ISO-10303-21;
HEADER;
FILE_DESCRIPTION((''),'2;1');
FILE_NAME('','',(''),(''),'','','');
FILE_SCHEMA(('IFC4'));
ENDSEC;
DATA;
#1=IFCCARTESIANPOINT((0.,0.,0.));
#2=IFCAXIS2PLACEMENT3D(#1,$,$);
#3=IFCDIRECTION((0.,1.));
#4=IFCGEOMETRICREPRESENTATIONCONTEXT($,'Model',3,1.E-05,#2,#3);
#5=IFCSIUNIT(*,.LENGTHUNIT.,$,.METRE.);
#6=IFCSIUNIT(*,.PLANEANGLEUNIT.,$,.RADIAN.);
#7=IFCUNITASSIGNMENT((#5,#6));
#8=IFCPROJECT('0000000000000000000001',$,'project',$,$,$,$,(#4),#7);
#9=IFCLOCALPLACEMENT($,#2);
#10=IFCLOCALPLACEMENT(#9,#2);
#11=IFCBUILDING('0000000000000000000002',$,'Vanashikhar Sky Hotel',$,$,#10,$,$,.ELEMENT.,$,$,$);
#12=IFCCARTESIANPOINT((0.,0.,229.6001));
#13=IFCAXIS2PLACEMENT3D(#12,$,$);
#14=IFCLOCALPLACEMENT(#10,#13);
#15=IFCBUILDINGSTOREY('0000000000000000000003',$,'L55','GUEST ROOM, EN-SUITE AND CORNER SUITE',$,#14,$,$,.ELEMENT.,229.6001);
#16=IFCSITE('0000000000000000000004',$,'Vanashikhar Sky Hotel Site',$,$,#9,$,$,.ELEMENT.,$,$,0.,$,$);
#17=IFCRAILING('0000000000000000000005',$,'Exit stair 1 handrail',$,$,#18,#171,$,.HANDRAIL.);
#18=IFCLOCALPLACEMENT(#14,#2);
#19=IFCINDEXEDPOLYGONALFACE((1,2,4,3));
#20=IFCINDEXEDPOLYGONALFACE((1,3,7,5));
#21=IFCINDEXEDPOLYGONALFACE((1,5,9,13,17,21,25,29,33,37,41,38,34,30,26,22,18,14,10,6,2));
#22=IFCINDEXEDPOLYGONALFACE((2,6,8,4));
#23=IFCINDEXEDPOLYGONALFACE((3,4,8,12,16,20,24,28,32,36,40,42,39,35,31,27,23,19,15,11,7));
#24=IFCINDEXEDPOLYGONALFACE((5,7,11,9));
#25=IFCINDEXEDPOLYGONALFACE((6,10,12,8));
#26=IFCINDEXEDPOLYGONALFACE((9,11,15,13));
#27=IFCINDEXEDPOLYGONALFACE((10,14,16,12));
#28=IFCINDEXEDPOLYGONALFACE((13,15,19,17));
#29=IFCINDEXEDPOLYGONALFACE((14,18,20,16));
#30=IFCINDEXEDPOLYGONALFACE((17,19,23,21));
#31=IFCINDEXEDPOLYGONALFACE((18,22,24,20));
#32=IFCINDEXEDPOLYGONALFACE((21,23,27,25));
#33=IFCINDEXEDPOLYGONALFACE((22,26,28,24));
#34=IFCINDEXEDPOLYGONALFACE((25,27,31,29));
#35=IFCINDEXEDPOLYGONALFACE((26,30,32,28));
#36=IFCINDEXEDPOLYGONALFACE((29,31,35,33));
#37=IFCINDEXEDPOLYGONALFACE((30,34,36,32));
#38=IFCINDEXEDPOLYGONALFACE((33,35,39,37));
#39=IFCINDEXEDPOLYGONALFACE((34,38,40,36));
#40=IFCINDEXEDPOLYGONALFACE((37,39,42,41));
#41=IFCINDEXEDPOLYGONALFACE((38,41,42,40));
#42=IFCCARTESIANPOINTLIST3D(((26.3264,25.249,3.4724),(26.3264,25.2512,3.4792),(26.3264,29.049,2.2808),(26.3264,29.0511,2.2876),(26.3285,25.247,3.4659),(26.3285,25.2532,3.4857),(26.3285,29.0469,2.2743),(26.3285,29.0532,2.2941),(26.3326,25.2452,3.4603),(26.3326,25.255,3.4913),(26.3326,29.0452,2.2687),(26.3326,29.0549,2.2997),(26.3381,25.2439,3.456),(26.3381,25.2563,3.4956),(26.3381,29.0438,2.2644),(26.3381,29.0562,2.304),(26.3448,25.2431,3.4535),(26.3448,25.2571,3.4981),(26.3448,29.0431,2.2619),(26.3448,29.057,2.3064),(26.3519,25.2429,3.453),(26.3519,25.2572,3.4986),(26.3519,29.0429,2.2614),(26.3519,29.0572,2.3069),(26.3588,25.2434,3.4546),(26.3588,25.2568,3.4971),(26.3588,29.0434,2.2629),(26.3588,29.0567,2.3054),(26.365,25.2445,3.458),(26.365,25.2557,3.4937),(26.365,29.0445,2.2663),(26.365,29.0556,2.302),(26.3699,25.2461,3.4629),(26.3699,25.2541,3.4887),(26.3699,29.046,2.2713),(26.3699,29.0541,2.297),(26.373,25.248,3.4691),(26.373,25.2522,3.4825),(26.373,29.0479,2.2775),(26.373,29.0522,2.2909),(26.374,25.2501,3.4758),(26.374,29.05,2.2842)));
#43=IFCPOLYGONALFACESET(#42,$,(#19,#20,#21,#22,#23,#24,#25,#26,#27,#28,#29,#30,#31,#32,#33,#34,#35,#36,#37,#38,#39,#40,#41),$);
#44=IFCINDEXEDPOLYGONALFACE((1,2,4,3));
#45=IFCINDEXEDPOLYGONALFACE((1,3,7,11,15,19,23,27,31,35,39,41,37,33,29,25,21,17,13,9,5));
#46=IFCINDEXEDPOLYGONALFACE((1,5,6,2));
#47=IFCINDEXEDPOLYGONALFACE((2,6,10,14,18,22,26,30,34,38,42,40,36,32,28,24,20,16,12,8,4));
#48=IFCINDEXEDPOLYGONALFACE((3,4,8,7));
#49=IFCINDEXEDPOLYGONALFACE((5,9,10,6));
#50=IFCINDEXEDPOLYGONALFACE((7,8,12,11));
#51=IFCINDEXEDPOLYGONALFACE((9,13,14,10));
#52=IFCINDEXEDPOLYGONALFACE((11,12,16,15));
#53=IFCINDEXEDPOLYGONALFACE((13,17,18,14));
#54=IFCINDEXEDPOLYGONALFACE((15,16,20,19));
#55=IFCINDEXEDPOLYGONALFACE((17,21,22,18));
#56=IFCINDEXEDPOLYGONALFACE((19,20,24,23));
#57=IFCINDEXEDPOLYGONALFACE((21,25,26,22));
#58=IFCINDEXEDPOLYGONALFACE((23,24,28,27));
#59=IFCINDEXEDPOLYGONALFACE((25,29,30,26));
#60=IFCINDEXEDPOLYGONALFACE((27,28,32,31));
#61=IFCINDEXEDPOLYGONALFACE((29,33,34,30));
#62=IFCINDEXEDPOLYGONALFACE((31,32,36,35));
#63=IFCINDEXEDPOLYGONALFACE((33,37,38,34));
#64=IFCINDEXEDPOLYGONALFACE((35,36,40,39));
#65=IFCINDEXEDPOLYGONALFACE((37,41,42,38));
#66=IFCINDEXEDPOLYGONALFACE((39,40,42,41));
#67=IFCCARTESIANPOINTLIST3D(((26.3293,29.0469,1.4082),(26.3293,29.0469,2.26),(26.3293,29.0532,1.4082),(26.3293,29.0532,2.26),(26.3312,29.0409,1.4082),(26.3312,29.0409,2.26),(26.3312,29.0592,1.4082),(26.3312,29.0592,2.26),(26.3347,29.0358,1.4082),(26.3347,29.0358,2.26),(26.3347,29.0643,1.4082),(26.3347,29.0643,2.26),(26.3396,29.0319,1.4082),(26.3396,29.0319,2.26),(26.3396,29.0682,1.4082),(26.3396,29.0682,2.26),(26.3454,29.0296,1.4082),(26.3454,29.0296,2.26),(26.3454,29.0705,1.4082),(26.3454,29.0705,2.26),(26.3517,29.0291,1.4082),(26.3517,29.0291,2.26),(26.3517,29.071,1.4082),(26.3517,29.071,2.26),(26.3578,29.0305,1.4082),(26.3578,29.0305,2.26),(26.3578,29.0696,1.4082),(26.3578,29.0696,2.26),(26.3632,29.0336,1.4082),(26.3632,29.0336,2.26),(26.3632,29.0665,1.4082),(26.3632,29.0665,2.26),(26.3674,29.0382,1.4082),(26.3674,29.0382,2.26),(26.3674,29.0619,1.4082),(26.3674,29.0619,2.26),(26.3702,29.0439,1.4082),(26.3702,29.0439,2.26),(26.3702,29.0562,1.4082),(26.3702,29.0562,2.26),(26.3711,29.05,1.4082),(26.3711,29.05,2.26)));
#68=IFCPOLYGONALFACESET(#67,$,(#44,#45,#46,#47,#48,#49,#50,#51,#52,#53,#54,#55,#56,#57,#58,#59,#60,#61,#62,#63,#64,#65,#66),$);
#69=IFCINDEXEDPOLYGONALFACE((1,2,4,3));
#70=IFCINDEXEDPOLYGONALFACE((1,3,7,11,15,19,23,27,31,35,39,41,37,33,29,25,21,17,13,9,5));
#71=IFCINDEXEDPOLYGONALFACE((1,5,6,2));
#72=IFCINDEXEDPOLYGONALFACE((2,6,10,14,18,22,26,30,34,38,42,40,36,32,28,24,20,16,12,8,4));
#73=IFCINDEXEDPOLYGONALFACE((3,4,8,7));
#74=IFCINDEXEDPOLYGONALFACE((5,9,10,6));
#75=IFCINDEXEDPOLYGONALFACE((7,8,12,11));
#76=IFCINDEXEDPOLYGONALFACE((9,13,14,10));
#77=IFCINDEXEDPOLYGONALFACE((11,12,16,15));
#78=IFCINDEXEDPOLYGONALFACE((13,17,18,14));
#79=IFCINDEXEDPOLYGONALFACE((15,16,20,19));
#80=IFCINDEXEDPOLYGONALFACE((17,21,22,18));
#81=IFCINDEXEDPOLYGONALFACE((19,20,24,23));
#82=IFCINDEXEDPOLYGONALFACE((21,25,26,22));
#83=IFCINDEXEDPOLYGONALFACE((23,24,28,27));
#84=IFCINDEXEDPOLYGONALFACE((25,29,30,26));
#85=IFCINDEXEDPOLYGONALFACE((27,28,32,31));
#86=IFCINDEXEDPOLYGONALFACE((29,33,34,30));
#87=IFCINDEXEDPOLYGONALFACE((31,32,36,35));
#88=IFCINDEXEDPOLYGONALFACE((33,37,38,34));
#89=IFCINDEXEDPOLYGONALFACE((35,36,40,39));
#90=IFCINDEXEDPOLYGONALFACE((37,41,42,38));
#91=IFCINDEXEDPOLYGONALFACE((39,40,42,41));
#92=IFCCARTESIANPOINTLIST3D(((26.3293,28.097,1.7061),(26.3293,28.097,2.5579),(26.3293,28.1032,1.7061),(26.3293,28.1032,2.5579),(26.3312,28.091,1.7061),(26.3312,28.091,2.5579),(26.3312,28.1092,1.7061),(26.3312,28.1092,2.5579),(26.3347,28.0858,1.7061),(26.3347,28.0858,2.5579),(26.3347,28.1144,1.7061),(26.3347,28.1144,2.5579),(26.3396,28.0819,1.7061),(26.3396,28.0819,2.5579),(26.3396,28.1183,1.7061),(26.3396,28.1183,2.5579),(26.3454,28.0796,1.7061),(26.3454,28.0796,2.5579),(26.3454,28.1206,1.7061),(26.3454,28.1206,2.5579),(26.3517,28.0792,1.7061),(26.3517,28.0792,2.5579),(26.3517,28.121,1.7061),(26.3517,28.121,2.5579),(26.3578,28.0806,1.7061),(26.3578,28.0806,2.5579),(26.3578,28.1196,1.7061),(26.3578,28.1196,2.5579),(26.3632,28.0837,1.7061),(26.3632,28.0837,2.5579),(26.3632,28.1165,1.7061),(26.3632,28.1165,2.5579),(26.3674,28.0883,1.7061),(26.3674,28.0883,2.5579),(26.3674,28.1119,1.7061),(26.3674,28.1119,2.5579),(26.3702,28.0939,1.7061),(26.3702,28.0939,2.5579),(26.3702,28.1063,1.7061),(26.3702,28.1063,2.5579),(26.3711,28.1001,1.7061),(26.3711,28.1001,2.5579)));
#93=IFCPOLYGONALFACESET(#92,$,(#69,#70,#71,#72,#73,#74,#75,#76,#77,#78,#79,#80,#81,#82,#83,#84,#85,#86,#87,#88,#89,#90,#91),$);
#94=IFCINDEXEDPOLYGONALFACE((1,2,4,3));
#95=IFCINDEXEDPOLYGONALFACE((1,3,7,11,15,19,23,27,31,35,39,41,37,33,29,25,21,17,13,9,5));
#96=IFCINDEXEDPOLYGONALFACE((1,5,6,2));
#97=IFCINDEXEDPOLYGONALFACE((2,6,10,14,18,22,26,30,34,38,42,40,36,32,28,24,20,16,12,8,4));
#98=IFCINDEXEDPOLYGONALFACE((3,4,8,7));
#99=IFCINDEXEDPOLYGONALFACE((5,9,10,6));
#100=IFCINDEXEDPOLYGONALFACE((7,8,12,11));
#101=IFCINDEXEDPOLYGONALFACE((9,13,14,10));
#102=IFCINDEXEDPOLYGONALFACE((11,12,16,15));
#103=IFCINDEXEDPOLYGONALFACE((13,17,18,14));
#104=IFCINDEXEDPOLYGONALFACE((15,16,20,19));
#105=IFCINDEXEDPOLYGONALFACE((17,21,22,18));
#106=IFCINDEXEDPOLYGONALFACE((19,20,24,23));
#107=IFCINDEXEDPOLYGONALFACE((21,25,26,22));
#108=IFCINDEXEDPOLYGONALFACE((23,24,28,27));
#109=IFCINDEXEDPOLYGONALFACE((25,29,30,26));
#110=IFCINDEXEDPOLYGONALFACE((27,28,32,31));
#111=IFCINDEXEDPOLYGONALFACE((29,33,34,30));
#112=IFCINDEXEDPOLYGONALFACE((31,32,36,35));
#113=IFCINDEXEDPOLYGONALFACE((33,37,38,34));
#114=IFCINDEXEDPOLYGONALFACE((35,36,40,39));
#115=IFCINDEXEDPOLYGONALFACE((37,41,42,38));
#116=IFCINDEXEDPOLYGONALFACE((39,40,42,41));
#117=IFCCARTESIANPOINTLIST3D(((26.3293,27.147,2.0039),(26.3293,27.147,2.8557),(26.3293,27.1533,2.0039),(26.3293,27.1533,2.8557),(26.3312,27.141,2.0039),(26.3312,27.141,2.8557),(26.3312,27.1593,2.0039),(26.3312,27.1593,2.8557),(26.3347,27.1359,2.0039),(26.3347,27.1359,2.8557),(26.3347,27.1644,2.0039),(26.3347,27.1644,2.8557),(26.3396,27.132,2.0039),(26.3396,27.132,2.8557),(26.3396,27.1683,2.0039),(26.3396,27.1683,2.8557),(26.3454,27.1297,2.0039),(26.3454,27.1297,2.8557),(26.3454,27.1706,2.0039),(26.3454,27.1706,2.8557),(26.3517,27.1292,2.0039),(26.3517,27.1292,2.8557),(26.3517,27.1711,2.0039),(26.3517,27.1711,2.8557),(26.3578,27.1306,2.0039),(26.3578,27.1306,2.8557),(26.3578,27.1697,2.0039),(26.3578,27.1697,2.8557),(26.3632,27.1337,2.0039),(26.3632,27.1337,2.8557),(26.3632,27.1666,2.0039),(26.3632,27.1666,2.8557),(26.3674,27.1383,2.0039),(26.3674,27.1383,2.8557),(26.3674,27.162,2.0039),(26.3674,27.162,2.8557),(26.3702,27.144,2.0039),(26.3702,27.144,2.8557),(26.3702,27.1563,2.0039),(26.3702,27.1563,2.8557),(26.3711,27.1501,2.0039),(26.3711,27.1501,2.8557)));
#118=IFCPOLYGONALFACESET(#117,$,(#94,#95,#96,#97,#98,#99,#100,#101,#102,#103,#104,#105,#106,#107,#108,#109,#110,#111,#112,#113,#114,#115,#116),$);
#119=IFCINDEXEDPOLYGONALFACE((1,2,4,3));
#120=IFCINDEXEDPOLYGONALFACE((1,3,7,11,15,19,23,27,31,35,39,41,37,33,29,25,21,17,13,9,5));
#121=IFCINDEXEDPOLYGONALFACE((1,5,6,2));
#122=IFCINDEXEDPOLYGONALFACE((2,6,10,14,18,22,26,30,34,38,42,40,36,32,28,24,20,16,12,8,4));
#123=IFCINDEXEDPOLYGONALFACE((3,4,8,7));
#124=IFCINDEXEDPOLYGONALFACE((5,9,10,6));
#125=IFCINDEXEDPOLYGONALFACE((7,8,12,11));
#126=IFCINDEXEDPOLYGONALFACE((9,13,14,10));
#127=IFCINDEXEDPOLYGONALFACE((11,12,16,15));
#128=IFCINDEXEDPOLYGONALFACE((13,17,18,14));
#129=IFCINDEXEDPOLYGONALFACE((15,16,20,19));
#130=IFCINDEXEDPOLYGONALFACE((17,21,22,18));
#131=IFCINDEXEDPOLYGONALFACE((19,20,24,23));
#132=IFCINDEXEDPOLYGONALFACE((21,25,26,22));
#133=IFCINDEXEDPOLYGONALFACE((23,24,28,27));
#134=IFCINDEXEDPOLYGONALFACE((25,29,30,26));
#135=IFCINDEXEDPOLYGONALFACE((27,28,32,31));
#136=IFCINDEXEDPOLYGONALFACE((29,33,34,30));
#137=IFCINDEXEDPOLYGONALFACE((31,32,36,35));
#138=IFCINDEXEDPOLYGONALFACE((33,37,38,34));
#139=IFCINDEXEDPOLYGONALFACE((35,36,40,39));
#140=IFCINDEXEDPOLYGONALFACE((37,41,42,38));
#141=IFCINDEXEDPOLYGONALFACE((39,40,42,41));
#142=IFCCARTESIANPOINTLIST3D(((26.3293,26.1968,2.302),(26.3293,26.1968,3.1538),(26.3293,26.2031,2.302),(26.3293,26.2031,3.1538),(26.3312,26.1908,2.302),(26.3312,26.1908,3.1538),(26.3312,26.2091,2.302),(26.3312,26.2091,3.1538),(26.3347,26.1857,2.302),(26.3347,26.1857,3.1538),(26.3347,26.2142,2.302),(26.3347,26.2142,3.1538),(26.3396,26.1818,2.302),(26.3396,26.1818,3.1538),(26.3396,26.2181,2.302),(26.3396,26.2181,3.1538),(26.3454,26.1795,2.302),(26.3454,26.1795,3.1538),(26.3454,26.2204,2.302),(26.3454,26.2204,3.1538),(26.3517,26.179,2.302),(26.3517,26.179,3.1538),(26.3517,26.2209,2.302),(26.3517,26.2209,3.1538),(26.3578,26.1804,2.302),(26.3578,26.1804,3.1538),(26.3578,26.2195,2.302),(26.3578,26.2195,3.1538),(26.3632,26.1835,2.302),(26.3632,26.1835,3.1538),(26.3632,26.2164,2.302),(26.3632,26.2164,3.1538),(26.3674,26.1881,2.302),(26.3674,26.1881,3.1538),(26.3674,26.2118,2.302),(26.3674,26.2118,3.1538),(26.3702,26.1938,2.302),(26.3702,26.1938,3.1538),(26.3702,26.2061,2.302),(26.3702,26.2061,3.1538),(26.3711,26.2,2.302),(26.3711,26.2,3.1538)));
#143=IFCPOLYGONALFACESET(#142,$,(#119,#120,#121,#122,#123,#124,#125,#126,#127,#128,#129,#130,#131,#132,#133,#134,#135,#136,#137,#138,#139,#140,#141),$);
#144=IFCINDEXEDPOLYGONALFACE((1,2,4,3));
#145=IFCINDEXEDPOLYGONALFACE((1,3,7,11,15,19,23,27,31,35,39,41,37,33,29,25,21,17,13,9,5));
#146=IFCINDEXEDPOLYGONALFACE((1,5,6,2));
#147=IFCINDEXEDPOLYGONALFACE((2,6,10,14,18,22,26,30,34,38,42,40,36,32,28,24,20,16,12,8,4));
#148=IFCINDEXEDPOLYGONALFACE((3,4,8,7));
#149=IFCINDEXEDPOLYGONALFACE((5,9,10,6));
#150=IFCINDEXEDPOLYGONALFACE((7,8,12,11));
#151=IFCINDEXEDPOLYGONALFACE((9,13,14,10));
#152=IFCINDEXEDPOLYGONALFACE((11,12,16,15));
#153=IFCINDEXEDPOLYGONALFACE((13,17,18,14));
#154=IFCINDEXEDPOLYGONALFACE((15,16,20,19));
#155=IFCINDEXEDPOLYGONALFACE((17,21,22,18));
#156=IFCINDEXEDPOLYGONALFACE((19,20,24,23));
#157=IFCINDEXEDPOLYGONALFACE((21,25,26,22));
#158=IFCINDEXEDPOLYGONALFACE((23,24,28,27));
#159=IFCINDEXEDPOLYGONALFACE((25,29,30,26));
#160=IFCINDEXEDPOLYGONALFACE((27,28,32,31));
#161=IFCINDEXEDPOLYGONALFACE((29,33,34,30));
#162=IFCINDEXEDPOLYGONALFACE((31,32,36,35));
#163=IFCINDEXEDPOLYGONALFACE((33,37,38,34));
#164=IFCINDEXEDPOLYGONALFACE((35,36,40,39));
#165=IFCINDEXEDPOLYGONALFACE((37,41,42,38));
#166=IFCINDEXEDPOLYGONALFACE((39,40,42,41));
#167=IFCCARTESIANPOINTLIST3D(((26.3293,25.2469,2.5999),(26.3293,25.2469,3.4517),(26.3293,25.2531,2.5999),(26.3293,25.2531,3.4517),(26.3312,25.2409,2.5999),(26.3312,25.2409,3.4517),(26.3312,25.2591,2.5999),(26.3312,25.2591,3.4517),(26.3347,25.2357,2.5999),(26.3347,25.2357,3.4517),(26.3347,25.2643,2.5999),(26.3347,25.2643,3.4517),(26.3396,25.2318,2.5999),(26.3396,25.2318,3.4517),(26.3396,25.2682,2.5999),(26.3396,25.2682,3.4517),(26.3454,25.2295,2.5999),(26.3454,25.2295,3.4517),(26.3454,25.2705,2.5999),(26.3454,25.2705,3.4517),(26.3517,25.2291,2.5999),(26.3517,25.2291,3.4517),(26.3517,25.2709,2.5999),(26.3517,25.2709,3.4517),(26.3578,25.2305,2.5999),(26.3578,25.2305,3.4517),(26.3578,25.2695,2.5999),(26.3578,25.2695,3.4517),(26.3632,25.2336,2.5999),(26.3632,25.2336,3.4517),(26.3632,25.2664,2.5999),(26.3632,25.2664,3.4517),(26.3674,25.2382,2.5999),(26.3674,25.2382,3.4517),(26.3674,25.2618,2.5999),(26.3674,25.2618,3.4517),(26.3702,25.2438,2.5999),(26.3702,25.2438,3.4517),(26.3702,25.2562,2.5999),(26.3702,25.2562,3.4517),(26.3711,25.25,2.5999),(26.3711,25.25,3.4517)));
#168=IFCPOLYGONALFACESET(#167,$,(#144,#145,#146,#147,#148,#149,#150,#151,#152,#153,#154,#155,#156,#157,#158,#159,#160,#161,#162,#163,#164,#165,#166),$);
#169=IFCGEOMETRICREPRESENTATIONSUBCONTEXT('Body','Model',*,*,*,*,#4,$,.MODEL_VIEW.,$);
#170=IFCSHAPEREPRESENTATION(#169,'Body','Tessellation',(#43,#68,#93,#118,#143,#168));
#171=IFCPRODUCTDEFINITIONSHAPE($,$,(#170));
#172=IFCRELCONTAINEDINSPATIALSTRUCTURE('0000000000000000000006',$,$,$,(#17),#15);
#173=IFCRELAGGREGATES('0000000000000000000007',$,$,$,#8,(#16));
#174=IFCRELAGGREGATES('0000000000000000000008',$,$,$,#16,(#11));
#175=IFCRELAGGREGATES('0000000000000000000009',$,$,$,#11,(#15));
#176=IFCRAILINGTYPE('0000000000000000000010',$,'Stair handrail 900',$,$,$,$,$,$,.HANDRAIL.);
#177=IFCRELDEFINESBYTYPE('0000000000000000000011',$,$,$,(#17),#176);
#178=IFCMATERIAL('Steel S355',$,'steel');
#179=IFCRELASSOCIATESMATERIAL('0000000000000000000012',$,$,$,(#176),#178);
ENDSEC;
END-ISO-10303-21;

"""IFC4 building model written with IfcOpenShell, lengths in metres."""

from ifc_helpers import new_model, si_unit, direction, frame, origin, origin_2d, place, context, subcontext, project, spatial, circle, extrude, source, transform, mapped, material, type_object, element, save


model = new_model("IFC4")

# Units and contexts
model_context = context("Model", 3, precision=1e-05, world=origin(), true_north=direction((0.0, 1.0)))
body_context = subcontext(model_context, "Body", "Model", "MODEL_VIEW")
ifc_project = project(units=[si_unit("LENGTHUNIT", "METRE"), si_unit("PLANEANGLEUNIT", "RADIAN")], contexts=[model_context])

# Site, building, storey
site_placement = place(None, origin())
site = spatial("IfcSite", under=ifc_project, at=site_placement, Name="Vanashikhar Sky Hotel Site", CompositionType="ELEMENT", RefElevation=0.0)
building_placement = place(site_placement, origin())
building = spatial("IfcBuilding", under=site, at=building_placement, Name="Vanashikhar Sky Hotel", CompositionType="ELEMENT")
storey_placement = place(building_placement, frame((0.0, 0.0, 229.6001)))
storey = spatial("IfcBuildingStorey", under=building, at=storey_placement, Name="L55", Description="GUEST ROOM, EN-SUITE AND CORNER SUITE", CompositionType="ELEMENT", Elevation=229.6001)

# Railing
ifc_material_1 = material(Name="Steel S355", Category="steel")
railing_type_1 = type_object("IfcRailingType", Name="Stair handrail 900", PredefinedType="HANDRAIL", material=ifc_material_1)
shared_shape_1 = source(origin(), body_context, "Body", "SweptSolid", [
    extrude(circle(Radius=0.0239, at=origin_2d()), frame((0.0, 0.0, 0.876), z_axis=(0.0, -0.954184, 0.299221), x_axis=(1.0, 0.0, 0.0)), (0.0, 0.0, 1.0), 3.9824),
    extrude(circle(Radius=0.021, at=origin_2d()), origin(), (0.0, 0.0, 1.0), 0.8518),
    extrude(circle(Radius=0.021, at=origin_2d()), frame((0.0, -0.95, 0.2979)), (0.0, 0.0, 1.0), 0.8518),
    extrude(circle(Radius=0.021, at=origin_2d()), frame((0.0, -1.8999, 0.5957)), (0.0, 0.0, 1.0), 0.8518),
    extrude(circle(Radius=0.021, at=origin_2d()), frame((0.0, -2.8501, 0.8938)), (0.0, 0.0, 1.0), 0.8518),
    extrude(circle(Radius=0.021, at=origin_2d()), frame((0.0, -3.8, 1.1917)), (0.0, 0.0, 1.0), 0.8518),
])
for number, where, name in (
    (1, (26.3501, 29.05, 1.4082), "Exit stair 1 handrail"),
):
    element("IfcRailing", number, at=place(storey_placement, frame(where)), inside=storey, type_object=railing_type_1, Name=name, PredefinedType="HANDRAIL", context=body_context, shape_type="MappedRepresentation", body=[
        mapped(shared_shape_1, transform((0.0, 0.0, 0.0), scale=1.0)),
    ])

save(model, "model.ifc")
